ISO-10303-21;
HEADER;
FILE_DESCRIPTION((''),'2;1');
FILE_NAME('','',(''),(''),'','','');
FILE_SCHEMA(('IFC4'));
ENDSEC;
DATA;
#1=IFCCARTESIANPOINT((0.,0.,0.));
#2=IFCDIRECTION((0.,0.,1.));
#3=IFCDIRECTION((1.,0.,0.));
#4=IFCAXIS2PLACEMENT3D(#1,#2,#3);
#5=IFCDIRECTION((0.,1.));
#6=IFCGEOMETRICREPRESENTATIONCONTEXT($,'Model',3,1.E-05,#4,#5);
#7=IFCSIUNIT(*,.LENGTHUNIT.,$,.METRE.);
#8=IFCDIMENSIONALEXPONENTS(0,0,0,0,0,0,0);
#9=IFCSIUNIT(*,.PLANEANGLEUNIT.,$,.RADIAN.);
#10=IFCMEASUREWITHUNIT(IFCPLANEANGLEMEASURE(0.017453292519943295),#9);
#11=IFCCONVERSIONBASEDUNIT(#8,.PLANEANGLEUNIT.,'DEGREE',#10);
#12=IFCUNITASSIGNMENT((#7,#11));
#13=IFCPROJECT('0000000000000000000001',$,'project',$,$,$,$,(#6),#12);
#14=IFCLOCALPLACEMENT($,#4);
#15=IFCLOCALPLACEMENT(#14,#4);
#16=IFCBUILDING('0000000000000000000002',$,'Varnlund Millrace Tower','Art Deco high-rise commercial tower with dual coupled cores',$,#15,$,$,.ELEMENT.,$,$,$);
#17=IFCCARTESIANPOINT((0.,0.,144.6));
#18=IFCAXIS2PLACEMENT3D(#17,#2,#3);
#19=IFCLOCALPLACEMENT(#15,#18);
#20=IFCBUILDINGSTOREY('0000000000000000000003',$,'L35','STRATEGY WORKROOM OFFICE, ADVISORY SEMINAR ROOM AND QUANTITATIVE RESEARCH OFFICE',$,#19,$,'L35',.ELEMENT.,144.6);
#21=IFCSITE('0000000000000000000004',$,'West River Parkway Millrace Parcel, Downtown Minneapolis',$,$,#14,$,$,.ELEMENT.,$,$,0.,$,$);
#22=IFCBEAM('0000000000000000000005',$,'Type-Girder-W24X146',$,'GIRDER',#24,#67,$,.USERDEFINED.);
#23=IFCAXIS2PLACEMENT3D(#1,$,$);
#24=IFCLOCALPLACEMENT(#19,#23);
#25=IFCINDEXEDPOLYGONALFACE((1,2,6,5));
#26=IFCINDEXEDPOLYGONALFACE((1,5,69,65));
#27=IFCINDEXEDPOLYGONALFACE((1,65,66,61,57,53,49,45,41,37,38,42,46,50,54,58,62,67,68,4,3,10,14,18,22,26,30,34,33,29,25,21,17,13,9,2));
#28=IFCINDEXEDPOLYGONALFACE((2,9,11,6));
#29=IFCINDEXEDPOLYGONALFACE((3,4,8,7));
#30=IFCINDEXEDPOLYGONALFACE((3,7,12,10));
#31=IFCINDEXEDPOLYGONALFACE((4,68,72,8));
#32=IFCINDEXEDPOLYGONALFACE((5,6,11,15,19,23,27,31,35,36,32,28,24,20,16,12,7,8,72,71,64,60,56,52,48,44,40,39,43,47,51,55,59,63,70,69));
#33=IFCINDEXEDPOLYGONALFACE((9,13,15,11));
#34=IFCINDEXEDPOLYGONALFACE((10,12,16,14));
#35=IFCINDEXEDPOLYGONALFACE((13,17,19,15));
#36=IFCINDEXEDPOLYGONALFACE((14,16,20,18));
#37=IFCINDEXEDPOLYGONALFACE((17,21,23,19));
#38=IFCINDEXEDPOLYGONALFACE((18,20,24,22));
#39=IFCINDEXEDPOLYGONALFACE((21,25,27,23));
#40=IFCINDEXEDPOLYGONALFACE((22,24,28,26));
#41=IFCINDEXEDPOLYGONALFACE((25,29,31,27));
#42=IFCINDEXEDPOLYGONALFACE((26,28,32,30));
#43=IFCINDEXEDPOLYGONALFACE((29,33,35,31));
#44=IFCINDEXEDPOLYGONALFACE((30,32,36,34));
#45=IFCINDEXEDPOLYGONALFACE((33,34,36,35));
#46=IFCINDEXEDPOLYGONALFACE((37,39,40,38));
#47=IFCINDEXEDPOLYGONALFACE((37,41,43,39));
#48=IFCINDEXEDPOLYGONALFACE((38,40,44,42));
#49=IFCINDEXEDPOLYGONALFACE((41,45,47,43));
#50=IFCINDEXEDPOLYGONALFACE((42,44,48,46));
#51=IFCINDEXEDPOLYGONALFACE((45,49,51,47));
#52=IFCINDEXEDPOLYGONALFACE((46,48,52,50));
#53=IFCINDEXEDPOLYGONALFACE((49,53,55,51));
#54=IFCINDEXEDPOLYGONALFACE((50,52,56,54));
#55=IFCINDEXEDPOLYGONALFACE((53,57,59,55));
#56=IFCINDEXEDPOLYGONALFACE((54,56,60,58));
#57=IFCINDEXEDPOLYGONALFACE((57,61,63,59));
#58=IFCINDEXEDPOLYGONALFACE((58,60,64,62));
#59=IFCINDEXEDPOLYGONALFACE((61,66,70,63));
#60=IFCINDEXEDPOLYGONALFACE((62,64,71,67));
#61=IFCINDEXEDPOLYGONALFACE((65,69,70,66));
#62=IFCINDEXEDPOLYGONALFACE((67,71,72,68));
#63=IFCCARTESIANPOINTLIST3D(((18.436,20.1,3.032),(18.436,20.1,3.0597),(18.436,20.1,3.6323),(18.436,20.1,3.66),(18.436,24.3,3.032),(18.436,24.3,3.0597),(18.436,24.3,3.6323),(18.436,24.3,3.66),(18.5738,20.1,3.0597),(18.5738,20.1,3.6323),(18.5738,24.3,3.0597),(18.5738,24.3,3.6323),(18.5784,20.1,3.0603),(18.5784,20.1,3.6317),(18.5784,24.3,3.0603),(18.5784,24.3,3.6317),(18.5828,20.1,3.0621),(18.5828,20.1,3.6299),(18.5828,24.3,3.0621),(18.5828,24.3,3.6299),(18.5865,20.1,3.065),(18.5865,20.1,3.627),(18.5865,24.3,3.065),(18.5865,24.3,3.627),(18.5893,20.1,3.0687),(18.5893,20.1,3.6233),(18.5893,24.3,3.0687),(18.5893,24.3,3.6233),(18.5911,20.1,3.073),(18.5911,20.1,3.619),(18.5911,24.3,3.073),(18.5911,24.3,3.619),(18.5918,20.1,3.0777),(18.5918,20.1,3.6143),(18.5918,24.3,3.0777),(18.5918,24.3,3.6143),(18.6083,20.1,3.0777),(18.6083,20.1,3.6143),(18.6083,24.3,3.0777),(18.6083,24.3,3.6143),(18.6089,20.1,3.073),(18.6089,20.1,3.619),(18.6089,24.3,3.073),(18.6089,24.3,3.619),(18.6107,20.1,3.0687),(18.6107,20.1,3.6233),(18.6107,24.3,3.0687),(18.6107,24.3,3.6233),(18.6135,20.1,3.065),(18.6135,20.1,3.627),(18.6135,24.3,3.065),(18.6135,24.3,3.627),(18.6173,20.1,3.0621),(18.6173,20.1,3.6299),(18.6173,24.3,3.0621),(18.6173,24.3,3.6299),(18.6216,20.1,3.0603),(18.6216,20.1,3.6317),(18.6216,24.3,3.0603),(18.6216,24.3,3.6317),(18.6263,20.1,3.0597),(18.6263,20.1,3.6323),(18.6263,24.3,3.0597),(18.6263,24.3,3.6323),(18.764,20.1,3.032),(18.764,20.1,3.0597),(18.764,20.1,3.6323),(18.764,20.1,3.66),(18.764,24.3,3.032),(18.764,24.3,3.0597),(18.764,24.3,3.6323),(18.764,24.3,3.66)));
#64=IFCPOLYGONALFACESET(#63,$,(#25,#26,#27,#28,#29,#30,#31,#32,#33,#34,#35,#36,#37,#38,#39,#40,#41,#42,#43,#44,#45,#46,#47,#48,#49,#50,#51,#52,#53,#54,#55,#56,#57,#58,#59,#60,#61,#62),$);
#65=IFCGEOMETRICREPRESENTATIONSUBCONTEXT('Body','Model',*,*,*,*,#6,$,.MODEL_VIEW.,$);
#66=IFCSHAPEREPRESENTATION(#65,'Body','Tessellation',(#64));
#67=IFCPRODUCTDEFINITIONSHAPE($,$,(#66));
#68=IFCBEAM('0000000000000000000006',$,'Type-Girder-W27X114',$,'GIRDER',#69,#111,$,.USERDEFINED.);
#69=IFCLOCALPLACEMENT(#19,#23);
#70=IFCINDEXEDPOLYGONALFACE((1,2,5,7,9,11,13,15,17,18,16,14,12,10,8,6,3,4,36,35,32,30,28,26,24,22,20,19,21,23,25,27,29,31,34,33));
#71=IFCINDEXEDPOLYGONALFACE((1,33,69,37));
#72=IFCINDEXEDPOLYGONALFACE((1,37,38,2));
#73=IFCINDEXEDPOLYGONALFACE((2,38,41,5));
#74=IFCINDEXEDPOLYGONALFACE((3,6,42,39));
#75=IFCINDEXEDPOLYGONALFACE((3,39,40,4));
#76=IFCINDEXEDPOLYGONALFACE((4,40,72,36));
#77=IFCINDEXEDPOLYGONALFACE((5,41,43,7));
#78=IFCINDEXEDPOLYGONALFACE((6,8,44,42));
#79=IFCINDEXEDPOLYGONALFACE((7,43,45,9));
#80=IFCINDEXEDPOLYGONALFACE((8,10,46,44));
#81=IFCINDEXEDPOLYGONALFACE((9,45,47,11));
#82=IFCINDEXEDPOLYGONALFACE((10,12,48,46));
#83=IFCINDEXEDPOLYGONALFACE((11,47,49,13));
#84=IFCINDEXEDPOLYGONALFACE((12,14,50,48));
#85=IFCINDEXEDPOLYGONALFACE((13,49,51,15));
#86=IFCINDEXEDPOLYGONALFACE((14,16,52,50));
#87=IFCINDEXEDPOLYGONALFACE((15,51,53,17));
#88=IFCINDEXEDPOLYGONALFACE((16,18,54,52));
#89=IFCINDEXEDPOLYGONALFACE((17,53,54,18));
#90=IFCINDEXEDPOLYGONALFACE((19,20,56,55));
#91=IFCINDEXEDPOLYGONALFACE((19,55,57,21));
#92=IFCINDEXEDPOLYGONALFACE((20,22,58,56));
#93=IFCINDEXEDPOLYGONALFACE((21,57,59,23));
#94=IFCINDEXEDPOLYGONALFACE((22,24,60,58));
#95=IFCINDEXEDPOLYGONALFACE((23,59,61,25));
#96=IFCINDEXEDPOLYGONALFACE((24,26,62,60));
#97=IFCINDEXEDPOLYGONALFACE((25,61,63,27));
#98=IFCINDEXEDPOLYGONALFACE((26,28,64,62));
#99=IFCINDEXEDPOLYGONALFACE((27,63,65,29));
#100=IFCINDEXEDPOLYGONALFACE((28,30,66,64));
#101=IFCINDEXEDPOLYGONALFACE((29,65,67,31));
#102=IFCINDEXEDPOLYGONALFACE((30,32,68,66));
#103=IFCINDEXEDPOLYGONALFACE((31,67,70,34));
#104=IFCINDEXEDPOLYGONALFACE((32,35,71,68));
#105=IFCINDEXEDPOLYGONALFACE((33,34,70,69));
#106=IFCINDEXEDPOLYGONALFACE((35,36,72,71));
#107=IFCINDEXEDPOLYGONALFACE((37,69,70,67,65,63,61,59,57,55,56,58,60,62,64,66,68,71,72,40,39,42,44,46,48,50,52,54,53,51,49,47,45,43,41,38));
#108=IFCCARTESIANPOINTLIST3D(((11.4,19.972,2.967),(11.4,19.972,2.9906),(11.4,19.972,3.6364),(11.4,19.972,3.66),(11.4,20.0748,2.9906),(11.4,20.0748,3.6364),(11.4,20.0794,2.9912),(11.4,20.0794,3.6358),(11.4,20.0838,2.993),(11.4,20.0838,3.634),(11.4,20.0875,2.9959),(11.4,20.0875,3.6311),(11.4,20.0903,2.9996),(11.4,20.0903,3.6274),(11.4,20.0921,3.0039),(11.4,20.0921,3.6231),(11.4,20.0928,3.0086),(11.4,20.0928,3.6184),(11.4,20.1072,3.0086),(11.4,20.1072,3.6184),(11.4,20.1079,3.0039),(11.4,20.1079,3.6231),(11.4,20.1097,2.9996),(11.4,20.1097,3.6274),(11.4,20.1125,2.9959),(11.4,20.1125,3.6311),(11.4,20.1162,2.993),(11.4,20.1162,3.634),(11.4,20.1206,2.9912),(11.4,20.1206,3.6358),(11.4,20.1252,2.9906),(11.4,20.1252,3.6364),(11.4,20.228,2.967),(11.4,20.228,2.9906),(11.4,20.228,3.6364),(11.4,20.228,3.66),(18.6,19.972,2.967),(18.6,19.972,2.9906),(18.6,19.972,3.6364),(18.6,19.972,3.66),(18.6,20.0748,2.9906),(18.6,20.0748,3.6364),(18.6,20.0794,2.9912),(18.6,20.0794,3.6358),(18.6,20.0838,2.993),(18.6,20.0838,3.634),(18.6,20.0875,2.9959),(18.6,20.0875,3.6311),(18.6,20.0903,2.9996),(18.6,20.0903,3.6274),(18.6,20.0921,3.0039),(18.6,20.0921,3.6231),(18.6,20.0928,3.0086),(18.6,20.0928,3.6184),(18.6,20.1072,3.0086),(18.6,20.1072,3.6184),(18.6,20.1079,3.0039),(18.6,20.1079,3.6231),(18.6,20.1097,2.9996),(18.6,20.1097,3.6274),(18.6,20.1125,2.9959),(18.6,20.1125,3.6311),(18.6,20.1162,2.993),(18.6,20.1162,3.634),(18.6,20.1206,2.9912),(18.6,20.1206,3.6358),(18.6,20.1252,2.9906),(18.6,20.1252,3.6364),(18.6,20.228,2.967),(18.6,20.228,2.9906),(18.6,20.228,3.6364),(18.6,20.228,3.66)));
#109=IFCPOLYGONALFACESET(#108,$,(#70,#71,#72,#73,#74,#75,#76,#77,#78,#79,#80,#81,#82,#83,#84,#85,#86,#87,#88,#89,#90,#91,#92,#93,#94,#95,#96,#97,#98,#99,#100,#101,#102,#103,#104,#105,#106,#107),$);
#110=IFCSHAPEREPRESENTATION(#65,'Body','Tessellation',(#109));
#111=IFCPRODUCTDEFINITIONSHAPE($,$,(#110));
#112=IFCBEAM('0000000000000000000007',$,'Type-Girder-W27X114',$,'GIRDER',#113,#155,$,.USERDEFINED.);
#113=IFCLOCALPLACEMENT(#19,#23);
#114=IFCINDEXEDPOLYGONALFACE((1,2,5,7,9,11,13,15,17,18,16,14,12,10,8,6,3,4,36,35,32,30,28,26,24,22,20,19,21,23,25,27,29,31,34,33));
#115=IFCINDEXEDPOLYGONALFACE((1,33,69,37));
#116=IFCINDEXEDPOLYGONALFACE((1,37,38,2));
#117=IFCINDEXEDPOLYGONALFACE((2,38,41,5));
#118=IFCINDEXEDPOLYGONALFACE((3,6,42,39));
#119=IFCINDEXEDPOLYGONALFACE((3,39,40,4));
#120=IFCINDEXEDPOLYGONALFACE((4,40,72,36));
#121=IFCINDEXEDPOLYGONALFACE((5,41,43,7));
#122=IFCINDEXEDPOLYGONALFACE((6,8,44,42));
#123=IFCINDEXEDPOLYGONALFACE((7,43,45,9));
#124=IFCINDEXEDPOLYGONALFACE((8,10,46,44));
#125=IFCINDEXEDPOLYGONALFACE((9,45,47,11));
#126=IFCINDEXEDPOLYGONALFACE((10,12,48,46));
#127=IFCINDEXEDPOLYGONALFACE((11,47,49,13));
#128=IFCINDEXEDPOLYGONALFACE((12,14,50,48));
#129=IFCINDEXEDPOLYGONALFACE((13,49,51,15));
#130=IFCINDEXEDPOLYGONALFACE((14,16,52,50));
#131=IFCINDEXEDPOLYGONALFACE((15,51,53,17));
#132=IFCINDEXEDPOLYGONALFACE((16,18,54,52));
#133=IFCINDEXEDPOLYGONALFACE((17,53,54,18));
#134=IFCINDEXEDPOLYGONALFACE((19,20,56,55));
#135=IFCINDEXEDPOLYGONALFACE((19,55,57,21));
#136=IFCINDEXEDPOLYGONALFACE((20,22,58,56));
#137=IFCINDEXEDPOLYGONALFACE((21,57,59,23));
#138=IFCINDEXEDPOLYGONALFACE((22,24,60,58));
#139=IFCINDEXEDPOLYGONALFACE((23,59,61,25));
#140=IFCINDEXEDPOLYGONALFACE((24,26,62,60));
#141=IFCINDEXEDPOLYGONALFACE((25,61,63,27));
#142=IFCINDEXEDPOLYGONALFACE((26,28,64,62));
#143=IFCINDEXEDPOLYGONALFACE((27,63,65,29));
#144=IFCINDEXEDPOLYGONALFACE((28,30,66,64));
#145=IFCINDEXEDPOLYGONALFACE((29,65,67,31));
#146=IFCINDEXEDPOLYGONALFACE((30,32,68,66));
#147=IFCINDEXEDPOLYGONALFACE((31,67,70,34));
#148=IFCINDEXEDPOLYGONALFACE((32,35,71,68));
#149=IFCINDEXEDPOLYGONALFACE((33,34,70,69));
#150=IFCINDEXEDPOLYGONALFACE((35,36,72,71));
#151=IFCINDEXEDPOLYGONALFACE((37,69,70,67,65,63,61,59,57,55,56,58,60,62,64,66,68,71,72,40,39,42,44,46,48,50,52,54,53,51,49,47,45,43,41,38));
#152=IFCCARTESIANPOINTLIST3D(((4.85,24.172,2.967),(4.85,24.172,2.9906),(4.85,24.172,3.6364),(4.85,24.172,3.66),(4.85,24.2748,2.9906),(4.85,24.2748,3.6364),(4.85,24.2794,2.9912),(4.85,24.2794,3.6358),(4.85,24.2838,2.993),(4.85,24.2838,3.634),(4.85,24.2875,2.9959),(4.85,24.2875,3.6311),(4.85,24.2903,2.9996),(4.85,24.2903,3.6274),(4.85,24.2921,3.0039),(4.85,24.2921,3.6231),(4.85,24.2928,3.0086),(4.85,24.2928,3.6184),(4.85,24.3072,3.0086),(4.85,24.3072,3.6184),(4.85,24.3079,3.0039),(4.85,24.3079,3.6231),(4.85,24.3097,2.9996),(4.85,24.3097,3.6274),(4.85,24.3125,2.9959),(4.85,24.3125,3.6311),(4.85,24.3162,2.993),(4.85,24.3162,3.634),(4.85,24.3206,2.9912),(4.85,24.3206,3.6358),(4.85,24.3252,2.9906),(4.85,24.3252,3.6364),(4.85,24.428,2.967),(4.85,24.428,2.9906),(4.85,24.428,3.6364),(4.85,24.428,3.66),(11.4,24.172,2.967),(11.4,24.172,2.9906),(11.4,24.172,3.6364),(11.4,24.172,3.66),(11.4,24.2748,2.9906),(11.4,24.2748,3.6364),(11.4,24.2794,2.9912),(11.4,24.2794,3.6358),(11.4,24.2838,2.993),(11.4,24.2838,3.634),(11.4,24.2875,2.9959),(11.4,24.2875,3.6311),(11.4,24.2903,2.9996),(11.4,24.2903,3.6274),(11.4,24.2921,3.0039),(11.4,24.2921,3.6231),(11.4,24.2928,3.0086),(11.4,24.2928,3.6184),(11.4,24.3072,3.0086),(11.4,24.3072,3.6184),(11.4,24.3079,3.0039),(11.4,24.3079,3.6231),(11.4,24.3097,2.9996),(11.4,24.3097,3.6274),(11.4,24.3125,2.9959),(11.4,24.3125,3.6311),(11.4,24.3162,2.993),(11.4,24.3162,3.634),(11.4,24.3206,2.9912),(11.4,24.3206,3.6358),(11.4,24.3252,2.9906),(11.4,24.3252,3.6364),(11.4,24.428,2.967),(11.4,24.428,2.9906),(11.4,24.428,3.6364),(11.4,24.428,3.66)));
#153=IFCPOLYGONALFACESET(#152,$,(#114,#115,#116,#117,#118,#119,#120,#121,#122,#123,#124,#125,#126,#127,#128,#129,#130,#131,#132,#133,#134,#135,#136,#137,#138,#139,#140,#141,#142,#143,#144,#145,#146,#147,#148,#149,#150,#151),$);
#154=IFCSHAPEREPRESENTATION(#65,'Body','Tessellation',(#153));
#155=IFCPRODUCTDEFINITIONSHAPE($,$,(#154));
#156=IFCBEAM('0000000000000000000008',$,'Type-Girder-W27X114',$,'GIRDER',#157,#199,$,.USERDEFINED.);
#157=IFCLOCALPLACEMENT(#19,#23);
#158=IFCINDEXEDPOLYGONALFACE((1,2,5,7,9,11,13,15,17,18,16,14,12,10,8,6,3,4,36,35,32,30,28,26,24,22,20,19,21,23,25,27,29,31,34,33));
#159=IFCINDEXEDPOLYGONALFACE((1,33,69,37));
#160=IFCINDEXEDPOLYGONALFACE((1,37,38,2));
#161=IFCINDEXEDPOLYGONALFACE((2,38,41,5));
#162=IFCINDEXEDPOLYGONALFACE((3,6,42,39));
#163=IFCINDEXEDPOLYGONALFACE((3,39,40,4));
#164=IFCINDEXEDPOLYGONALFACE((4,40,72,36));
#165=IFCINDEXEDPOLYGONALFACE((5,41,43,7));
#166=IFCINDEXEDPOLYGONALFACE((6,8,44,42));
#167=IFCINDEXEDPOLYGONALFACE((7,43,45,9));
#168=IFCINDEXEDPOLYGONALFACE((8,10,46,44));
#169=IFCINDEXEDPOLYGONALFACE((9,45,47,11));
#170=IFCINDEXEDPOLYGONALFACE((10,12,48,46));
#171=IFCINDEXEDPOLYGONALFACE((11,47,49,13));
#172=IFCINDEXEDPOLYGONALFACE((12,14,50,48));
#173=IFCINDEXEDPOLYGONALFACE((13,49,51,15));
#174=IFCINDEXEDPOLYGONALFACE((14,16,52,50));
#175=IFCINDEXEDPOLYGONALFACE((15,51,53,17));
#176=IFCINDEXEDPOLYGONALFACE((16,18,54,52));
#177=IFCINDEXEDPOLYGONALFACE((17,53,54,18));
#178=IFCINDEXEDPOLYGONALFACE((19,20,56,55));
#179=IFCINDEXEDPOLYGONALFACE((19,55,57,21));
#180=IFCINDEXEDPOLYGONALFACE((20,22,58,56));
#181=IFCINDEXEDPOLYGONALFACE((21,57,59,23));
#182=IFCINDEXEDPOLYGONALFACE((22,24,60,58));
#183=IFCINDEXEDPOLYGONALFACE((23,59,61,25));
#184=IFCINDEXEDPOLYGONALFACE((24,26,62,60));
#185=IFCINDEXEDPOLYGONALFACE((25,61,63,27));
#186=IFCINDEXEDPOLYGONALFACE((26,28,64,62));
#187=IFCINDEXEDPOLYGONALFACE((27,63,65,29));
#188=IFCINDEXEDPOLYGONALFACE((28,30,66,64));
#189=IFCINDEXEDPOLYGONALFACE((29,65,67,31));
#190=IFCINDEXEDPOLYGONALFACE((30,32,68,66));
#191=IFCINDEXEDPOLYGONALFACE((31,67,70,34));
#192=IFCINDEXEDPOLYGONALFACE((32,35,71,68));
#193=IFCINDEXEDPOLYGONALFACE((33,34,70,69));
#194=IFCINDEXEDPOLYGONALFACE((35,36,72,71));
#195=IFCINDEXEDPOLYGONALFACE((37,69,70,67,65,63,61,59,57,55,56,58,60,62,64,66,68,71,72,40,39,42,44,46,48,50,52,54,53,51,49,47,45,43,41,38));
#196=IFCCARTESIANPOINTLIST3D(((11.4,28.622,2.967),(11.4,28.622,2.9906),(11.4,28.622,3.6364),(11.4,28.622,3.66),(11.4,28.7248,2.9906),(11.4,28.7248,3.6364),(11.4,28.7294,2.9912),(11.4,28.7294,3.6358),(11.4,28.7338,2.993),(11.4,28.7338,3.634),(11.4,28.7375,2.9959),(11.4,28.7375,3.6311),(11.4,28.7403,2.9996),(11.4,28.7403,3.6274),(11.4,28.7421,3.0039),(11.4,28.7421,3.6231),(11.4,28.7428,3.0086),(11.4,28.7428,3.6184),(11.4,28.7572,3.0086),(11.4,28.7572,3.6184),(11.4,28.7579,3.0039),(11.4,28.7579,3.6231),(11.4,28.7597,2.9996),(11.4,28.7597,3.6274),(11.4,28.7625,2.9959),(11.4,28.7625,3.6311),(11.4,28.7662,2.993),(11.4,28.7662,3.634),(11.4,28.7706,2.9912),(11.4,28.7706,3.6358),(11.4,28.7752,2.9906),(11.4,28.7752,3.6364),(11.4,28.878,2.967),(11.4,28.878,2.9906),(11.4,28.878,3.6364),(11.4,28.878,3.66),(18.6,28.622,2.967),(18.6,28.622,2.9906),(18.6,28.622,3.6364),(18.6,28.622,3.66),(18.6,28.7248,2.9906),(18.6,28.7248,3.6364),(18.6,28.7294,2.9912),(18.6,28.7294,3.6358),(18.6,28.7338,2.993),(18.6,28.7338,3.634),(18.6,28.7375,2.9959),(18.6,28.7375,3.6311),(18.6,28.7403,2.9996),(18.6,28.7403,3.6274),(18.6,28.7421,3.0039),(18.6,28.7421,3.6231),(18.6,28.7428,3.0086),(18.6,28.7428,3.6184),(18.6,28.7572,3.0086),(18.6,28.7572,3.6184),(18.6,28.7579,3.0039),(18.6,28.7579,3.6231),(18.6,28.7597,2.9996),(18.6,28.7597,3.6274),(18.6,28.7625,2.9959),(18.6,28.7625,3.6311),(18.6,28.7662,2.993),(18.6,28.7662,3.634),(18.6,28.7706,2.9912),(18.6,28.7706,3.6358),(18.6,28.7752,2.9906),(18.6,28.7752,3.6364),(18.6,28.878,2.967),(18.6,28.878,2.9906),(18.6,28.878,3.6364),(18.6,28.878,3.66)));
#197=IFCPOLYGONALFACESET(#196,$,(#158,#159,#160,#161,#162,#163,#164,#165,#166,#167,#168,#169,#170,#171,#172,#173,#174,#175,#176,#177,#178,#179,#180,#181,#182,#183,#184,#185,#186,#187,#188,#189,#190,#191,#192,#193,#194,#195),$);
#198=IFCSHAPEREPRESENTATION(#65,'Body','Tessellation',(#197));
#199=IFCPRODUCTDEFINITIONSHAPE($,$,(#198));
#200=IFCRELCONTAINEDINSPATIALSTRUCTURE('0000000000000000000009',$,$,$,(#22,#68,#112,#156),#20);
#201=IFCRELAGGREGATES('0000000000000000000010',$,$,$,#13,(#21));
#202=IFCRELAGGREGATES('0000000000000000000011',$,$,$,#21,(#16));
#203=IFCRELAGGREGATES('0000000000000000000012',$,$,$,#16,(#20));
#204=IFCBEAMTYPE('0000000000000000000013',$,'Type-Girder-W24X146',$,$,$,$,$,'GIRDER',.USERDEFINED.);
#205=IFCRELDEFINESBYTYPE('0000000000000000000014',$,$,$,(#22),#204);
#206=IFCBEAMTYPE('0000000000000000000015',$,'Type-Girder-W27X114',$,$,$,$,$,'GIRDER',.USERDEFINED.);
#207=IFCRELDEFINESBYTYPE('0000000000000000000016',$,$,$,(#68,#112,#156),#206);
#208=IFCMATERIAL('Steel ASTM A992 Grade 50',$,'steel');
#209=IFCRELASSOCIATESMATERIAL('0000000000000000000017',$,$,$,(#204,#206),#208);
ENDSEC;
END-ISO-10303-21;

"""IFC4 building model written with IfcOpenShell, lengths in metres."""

from ifc_helpers import new_model, entity, si_unit, converted_unit, direction, frame, origin_with_axes, origin_2d_with_axis, place, context, subcontext, project, spatial, i_section, extrude, material, material_profile, profile_set, type_object, element, save


model = new_model("IFC4")

# Units and contexts
model_context = context("Model", 3, precision=1e-05, world=origin_with_axes(), true_north=direction((0.0, 1.0)))
body_context = subcontext(model_context, "Body", "Model", "MODEL_VIEW")
ifc_project = project(units=[si_unit("LENGTHUNIT", "METRE"), converted_unit("PLANEANGLEUNIT", "DEGREE", entity("IfcPlaneAngleMeasure", 0.017453292519943295), si_unit("PLANEANGLEUNIT", "RADIAN"), dimensions=[0, 0, 0, 0, 0, 0, 0])], contexts=[model_context])

# Site, building, storey
site_placement = place(None, origin_with_axes())
site = spatial("IfcSite", under=ifc_project, at=site_placement, Name="West River Parkway Millrace Parcel, Downtown Minneapolis", CompositionType="ELEMENT", RefElevation=0.0)
building_placement = place(site_placement, origin_with_axes())
building = spatial("IfcBuilding", under=site, at=building_placement, Name="Varnlund Millrace Tower", Description="Art Deco high-rise commercial tower with dual coupled cores", CompositionType="ELEMENT")
storey_placement = place(building_placement, frame((0.0, 0.0, 144.6), z_axis=(0.0, 0.0, 1.0), x_axis=(1.0, 0.0, 0.0)))
storey = spatial("IfcBuildingStorey", under=building, at=storey_placement, Name="L35", Description="STRATEGY WORKROOM OFFICE, ADVISORY SEMINAR ROOM AND QUANTITATIVE RESEARCH OFFICE", LongName="L35", CompositionType="ELEMENT", Elevation=144.6)

# Beams
ifc_material_1 = material(Name="Steel ASTM A992 Grade 50", Category="steel")
ifc_material_profile_1 = material_profile(ifc_material_1, i_section(OverallWidth=0.328, OverallDepth=0.628, WebThickness=0.0165, FlangeThickness=0.0277, FilletRadius=0.018, at=origin_2d_with_axis()), Name="Steel ASTM A992 Grade 50")
ifc_profile_set_1 = profile_set([ifc_material_profile_1], Name="Steel ASTM A992 Grade 50")
beam_type_1 = type_object("IfcBeamType", Name="Type-Girder-W24X146", ElementType="GIRDER", PredefinedType="USERDEFINED", material=ifc_profile_set_1)
beam_1_placement = place(storey_placement, frame((18.6, 20.1, 3.346), z_axis=(0.0, 1.0, 0.0), x_axis=(-1.0, 0.0, 0.0)))
element("IfcBeam", 1, at=beam_1_placement, inside=storey, type_object=beam_type_1, Name="Type-Girder-W24X146", ObjectType="GIRDER", PredefinedType="USERDEFINED", context=body_context, shape_type="SweptSolid", body=[
    extrude(i_section(OverallWidth=0.328, OverallDepth=0.628, WebThickness=0.0165, FlangeThickness=0.0277, FilletRadius=0.018, at=origin_2d_with_axis()), origin_with_axes(), (0.0, 0.0, 1.0), 4.2),
])
ifc_material_profile_2 = material_profile(ifc_material_1, i_section(OverallWidth=0.256, OverallDepth=0.693, WebThickness=0.0145, FlangeThickness=0.0236, FilletRadius=0.018, at=origin_2d_with_axis()), Name="Steel ASTM A992 Grade 50")
ifc_profile_set_2 = profile_set([ifc_material_profile_2], Name="Steel ASTM A992 Grade 50")
beam_type_2 = type_object("IfcBeamType", Name="Type-Girder-W27X114", ElementType="GIRDER", PredefinedType="USERDEFINED", material=ifc_profile_set_2)
beam_2_placement = place(storey_placement, frame((11.4, 20.1, 3.3135), z_axis=(1.0, 0.0, 0.0), x_axis=(0.0, 1.0, 0.0)))
element("IfcBeam", 2, at=beam_2_placement, inside=storey, type_object=beam_type_2, Name="Type-Girder-W27X114", ObjectType="GIRDER", PredefinedType="USERDEFINED", context=body_context, shape_type="SweptSolid", body=[
    extrude(i_section(OverallWidth=0.256, OverallDepth=0.693, WebThickness=0.0145, FlangeThickness=0.0236, FilletRadius=0.018, at=origin_2d_with_axis()), origin_with_axes(), (0.0, 0.0, 1.0), 7.2),
])
beam_3_placement = place(storey_placement, frame((4.85, 24.3, 3.3135), z_axis=(1.0, 0.0, 0.0), x_axis=(0.0, 1.0, 0.0)))
element("IfcBeam", 3, at=beam_3_placement, inside=storey, type_object=beam_type_2, Name="Type-Girder-W27X114", ObjectType="GIRDER", PredefinedType="USERDEFINED", context=body_context, shape_type="SweptSolid", body=[
    extrude(i_section(OverallWidth=0.256, OverallDepth=0.693, WebThickness=0.0145, FlangeThickness=0.0236, FilletRadius=0.018, at=origin_2d_with_axis()), origin_with_axes(), (0.0, 0.0, 1.0), 6.55),
])
beam_4_placement = place(storey_placement, frame((11.4, 28.75, 3.3135), z_axis=(1.0, 0.0, 0.0), x_axis=(0.0, 1.0, 0.0)))
element("IfcBeam", 4, at=beam_4_placement, inside=storey, type_object=beam_type_2, Name="Type-Girder-W27X114", ObjectType="GIRDER", PredefinedType="USERDEFINED", context=body_context, shape_type="SweptSolid", body=[
    extrude(i_section(OverallWidth=0.256, OverallDepth=0.693, WebThickness=0.0145, FlangeThickness=0.0236, FilletRadius=0.018, at=origin_2d_with_axis()), origin_with_axes(), (0.0, 0.0, 1.0), 7.2),
])

save(model, "model.ifc")
